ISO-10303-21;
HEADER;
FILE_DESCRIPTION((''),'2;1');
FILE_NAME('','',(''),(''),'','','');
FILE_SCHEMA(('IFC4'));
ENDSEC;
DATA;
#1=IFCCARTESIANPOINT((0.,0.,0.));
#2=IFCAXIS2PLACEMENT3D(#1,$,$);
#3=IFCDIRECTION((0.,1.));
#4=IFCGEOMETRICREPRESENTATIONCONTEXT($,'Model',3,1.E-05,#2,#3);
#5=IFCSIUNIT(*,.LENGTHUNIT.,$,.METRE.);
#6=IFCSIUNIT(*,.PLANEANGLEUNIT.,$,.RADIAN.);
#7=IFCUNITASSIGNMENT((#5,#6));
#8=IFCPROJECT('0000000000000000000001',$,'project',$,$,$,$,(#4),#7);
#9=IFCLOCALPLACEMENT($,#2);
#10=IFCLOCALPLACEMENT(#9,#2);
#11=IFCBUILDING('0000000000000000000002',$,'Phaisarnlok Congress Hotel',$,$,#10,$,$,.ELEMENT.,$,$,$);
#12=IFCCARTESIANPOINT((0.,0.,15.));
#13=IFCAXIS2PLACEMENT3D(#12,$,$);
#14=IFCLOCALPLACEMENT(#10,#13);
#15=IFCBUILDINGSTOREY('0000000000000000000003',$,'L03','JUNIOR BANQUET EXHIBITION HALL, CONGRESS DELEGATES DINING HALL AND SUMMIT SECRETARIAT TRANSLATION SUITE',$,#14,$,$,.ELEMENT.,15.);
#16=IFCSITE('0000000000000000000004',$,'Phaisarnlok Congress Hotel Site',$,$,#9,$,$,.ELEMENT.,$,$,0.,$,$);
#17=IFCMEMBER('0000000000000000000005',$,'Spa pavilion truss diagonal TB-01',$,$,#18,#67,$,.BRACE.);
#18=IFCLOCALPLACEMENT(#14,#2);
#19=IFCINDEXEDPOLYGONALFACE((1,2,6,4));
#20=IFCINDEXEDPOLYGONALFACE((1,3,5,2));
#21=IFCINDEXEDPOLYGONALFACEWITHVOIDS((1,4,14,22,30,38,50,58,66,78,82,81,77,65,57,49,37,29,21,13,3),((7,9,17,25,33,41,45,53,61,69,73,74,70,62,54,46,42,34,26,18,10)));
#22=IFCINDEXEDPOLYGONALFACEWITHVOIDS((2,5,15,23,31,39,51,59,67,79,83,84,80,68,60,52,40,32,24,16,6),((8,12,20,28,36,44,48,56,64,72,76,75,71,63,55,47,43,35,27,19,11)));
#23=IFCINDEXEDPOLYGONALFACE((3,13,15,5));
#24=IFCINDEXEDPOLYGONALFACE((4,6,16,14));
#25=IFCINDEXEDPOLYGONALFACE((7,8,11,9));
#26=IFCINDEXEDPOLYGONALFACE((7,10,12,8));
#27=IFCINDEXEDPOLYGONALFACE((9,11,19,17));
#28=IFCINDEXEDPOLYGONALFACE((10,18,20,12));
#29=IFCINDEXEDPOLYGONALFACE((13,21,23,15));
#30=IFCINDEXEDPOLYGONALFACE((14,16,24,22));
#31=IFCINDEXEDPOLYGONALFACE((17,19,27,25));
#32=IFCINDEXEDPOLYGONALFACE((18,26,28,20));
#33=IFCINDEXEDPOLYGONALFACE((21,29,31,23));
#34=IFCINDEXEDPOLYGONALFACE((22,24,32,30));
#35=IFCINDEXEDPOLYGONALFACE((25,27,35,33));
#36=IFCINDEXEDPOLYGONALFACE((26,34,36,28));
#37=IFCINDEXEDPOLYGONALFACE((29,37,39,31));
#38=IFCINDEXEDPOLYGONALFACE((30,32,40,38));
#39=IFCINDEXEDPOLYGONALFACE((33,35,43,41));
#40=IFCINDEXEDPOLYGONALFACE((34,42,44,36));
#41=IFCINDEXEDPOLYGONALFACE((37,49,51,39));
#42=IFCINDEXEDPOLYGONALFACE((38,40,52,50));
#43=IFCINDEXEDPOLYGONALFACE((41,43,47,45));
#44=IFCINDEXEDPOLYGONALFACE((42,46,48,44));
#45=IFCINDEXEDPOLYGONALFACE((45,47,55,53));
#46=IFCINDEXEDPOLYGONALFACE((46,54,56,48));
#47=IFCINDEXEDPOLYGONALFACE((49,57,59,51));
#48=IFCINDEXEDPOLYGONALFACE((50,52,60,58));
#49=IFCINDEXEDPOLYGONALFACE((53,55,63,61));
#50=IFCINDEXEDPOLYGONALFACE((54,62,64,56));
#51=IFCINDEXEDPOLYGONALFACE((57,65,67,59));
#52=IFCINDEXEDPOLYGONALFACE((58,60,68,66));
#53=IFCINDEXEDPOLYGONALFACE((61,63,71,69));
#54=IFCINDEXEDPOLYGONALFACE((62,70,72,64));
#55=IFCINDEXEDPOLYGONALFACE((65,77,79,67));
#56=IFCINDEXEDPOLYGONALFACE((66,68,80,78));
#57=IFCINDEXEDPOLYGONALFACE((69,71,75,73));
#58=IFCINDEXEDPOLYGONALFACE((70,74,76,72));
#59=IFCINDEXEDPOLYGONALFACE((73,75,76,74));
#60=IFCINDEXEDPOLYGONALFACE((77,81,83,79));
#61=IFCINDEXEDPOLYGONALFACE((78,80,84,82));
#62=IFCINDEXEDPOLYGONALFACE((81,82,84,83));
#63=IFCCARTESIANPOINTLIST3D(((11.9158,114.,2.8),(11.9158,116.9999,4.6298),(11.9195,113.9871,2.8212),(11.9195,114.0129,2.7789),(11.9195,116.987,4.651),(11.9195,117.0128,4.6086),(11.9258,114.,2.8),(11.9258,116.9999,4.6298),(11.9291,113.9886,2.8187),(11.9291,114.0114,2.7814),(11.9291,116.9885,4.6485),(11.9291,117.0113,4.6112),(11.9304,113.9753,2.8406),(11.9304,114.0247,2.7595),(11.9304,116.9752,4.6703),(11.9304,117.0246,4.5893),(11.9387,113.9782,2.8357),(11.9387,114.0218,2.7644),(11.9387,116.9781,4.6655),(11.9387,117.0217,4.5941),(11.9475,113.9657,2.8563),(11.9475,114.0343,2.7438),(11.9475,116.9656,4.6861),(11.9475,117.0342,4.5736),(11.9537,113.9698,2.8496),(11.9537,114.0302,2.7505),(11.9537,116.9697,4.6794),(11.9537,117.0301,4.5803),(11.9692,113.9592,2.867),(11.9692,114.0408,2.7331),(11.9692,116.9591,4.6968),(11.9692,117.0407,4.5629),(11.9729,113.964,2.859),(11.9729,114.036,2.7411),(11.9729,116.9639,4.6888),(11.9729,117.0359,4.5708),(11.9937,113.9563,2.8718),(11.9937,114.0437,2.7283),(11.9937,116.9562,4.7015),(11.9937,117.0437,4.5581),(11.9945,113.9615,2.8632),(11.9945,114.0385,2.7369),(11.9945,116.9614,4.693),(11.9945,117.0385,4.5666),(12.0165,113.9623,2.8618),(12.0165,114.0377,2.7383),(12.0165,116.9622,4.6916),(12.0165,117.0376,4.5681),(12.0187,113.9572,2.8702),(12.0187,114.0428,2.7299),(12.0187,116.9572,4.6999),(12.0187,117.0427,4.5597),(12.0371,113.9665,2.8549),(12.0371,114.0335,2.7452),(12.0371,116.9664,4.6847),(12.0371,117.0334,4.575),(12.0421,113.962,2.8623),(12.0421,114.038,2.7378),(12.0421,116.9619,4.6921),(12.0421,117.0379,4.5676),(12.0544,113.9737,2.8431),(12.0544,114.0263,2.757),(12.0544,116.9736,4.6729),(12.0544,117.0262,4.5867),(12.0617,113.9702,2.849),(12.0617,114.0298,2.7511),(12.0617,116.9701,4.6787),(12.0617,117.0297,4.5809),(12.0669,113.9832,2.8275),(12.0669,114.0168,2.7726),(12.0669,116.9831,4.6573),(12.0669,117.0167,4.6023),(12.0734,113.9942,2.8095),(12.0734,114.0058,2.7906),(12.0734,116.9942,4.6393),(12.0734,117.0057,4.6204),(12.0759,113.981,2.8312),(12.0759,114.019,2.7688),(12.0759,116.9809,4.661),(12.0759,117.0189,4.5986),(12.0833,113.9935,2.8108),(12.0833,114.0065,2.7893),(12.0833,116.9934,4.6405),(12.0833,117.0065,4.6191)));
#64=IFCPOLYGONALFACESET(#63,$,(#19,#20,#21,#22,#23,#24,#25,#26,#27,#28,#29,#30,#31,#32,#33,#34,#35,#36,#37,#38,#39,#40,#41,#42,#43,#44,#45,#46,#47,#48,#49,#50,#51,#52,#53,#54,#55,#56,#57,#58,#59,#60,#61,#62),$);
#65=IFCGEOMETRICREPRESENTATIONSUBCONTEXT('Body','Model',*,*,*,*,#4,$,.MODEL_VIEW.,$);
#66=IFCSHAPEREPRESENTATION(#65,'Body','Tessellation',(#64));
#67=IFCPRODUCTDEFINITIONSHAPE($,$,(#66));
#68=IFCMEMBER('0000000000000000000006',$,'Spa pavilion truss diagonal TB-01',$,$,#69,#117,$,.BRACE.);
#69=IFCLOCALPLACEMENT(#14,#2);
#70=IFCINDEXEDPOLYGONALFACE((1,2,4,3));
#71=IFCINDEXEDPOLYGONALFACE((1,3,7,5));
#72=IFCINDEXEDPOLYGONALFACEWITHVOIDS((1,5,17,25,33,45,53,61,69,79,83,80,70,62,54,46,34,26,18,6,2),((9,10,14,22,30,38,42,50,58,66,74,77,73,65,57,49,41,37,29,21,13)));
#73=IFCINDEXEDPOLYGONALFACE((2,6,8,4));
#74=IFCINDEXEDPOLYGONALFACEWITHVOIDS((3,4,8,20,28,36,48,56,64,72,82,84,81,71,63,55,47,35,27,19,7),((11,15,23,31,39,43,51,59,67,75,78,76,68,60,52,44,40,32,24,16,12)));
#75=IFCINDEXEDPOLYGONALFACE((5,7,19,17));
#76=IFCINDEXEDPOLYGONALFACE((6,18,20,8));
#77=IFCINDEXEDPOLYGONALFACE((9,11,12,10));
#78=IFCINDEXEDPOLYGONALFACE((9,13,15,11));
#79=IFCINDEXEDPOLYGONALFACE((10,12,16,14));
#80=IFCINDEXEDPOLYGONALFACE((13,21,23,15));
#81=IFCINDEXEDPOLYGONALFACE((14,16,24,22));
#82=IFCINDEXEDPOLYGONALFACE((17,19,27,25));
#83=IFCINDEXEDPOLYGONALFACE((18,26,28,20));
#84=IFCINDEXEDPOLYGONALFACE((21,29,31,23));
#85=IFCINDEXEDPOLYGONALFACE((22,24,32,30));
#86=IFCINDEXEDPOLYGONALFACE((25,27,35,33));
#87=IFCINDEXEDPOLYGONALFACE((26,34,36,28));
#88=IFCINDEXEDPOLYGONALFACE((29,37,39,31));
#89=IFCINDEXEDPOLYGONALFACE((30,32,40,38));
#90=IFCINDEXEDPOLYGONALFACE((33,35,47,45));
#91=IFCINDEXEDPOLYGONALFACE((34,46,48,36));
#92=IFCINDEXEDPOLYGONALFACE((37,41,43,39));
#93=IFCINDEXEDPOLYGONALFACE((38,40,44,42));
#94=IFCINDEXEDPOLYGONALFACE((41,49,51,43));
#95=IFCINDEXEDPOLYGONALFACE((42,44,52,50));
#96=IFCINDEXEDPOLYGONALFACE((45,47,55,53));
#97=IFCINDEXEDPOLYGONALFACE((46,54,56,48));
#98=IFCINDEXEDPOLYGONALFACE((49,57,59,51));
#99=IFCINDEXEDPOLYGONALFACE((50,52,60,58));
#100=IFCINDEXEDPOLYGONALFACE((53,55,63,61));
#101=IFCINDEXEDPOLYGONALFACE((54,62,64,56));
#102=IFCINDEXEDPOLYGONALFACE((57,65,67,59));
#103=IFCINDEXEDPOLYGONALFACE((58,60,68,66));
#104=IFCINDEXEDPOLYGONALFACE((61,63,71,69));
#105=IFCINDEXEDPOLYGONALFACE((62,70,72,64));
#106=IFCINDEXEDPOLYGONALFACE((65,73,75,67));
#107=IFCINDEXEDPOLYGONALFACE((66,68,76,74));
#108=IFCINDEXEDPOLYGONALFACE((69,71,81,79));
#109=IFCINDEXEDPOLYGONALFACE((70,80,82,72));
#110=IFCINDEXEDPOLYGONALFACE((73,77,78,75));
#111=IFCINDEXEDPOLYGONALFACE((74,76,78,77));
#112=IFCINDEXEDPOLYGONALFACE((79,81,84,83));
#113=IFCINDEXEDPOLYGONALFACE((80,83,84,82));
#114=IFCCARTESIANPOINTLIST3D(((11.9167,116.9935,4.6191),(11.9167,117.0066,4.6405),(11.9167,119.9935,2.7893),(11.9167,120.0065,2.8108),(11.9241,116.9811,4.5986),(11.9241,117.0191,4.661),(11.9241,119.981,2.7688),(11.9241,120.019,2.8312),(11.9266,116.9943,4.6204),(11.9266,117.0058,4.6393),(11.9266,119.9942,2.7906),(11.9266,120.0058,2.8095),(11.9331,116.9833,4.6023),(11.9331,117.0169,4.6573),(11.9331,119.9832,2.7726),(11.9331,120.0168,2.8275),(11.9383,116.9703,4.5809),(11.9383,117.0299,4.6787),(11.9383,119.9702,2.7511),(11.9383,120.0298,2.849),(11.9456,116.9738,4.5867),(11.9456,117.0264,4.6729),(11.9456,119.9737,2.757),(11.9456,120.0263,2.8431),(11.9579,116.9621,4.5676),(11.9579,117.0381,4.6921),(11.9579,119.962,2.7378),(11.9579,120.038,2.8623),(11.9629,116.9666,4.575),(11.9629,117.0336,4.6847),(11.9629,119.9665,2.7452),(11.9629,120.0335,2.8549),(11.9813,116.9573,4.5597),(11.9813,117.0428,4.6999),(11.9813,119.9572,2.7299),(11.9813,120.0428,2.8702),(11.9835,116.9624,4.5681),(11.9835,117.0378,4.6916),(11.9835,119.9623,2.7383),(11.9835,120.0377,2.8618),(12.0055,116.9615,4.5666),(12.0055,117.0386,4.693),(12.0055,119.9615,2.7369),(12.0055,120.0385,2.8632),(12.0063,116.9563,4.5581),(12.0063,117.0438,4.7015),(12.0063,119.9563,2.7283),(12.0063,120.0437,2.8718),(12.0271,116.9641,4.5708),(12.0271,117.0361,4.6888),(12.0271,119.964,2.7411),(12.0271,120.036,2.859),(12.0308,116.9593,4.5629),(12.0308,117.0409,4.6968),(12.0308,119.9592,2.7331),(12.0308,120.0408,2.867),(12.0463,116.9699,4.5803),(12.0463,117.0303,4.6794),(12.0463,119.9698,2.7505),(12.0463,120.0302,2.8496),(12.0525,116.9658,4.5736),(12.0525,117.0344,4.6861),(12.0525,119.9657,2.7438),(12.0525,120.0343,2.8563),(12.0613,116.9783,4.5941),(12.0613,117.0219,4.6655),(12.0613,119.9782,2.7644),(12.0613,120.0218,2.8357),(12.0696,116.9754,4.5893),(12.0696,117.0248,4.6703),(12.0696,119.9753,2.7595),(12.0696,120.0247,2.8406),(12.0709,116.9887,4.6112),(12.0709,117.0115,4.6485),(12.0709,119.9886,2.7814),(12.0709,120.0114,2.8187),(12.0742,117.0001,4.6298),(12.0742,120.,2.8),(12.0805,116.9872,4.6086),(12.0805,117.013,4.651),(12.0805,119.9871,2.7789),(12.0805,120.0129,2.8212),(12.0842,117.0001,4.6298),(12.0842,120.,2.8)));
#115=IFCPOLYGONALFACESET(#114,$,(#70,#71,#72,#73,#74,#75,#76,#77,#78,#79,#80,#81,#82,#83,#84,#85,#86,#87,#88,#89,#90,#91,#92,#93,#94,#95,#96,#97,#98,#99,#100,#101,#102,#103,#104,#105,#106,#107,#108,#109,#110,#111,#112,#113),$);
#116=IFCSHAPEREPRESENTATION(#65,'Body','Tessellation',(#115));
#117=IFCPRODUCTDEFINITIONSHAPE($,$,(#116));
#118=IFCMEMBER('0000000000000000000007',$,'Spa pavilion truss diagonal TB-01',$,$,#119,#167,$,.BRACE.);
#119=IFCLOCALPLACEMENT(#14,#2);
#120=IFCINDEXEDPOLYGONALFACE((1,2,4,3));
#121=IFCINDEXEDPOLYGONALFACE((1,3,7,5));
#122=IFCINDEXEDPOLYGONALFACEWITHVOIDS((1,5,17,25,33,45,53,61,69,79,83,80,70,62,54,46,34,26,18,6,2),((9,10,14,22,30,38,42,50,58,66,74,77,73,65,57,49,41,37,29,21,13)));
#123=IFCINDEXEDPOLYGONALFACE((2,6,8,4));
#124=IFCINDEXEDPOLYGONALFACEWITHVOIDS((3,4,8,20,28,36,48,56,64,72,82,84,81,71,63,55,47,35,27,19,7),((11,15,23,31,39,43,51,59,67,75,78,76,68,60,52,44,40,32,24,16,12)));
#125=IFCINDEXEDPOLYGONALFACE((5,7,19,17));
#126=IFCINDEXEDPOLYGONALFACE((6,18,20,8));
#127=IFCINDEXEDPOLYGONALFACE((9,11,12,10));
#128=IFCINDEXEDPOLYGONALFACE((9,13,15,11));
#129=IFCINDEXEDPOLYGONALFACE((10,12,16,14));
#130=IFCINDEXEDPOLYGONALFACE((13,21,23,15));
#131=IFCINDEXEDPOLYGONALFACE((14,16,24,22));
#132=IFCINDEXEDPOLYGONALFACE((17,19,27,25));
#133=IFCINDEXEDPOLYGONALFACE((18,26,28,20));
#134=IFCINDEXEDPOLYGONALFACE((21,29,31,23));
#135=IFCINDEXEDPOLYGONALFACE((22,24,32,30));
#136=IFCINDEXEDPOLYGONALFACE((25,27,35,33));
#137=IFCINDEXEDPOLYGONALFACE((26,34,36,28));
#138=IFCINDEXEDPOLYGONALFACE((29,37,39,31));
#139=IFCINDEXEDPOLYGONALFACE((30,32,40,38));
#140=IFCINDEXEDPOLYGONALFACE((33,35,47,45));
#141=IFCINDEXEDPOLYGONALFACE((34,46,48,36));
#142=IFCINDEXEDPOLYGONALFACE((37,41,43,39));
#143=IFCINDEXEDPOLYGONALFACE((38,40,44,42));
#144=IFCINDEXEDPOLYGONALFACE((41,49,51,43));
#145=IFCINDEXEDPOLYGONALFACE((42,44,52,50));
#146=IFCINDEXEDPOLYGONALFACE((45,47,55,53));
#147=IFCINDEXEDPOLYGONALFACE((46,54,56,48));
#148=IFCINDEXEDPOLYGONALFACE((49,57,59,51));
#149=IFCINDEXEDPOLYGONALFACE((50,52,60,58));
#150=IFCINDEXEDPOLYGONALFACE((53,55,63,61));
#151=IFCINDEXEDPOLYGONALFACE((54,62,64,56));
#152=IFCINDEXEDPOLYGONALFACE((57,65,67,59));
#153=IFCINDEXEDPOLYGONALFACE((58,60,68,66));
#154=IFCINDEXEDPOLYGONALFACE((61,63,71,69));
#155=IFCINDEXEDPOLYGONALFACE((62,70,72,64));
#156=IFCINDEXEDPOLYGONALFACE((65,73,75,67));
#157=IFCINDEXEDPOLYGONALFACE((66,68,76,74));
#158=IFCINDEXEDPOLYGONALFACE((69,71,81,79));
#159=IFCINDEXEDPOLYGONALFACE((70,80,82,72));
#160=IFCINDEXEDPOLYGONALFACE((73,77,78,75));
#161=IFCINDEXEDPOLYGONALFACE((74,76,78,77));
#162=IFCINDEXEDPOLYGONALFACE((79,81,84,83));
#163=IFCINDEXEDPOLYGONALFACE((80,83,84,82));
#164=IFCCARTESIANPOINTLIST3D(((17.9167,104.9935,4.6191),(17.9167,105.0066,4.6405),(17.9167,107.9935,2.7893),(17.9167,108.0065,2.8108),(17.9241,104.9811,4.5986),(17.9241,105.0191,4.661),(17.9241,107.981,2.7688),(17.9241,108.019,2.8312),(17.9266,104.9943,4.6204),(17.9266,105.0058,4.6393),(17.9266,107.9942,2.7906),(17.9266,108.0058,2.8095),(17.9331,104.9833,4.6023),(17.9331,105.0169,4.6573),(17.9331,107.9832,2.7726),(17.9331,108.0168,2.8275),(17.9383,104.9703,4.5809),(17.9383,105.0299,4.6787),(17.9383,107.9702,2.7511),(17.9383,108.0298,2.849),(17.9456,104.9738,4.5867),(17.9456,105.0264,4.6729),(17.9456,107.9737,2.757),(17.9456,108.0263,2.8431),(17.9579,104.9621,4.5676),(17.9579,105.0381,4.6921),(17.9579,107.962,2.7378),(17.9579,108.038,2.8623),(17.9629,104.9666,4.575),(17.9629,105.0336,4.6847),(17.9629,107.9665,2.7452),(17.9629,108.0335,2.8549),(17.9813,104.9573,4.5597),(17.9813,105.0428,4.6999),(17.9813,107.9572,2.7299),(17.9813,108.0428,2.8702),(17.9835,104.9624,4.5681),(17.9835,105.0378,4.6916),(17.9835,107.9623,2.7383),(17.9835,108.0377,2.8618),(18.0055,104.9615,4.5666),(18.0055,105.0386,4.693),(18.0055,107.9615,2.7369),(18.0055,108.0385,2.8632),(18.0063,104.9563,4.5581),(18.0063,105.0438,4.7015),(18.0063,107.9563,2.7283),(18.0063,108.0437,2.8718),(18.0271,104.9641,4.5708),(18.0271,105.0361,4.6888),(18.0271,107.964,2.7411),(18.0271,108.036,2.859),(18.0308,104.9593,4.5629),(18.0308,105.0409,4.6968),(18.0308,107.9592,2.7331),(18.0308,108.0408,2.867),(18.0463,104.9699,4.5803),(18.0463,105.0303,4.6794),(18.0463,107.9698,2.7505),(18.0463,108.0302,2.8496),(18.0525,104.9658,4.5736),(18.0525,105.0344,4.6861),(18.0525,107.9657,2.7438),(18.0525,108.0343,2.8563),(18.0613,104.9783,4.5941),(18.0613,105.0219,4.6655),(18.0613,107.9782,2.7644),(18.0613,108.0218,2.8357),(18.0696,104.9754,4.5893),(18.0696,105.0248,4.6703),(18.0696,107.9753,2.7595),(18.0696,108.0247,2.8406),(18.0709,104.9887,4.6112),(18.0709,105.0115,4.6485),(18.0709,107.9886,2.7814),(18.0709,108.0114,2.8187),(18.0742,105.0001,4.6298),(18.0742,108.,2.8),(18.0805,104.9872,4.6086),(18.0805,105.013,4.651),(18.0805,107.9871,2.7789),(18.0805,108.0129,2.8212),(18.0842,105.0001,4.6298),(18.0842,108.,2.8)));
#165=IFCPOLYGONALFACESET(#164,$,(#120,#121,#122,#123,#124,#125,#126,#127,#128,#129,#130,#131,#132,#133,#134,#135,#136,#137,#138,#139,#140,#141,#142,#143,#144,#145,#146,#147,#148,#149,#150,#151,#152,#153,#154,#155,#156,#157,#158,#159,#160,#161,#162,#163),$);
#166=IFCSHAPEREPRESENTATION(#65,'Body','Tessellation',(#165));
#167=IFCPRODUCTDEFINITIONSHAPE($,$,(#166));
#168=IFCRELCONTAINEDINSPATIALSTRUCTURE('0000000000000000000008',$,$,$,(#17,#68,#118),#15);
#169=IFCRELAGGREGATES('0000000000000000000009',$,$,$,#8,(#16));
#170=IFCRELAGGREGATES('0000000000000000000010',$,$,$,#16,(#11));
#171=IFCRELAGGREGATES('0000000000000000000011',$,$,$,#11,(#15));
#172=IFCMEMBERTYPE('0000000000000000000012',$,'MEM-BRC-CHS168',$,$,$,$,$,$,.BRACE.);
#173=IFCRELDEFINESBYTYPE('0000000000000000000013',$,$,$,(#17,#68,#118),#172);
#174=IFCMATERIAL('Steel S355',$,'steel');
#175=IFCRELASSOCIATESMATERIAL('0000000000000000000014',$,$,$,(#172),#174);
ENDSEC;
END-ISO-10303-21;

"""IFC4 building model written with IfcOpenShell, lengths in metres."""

from ifc_helpers import new_model, si_unit, direction, frame, origin, origin_2d, place, context, subcontext, project, spatial, hollow_circle, extrude, material, material_profile, profile_set, type_object, element, save


model = new_model("IFC4")

# Units and contexts
model_context = context("Model", 3, precision=1e-05, world=origin(), true_north=direction((0.0, 1.0)))
body_context = subcontext(model_context, "Body", "Model", "MODEL_VIEW")
ifc_project = project(units=[si_unit("LENGTHUNIT", "METRE"), si_unit("PLANEANGLEUNIT", "RADIAN")], contexts=[model_context])

# Site, building, storey
site_placement = place(None, origin())
site = spatial("IfcSite", under=ifc_project, at=site_placement, Name="Phaisarnlok Congress Hotel Site", CompositionType="ELEMENT", RefElevation=0.0)
building_placement = place(site_placement, origin())
building = spatial("IfcBuilding", under=site, at=building_placement, Name="Phaisarnlok Congress Hotel", CompositionType="ELEMENT")
storey_placement = place(building_placement, frame((0.0, 0.0, 15.0)))
storey = spatial("IfcBuildingStorey", under=building, at=storey_placement, Name="L03", Description="JUNIOR BANQUET EXHIBITION HALL, CONGRESS DELEGATES DINING HALL AND SUMMIT SECRETARIAT TRANSLATION SUITE", CompositionType="ELEMENT", Elevation=15.0)

# Members
ifc_material_1 = material(Name="Steel S355", Category="steel")
ifc_material_profile_1 = material_profile(ifc_material_1, hollow_circle(Radius=0.0842, WallThickness=0.01, at=origin_2d()), Name="CHS 168.3x10")
ifc_profile_set_1 = profile_set([ifc_material_profile_1], Name="Steel S355")
member_type_1 = type_object("IfcMemberType", Name="MEM-BRC-CHS168", PredefinedType="BRACE", material=ifc_profile_set_1)
for number, where, z_axis, x_axis, name in (
    (1, (12.0, 114.0, 2.8), (0.0, 0.853725, 0.520725), (-1.0, 0.0, 0.0), "Spa pavilion truss diagonal TB-01"),
    (2, (12.0, 120.0, 2.8), (0.0, -0.853725, 0.520725), (1.0, 0.0, 0.0), "Spa pavilion truss diagonal TB-01"),
    (3, (18.0, 108.0, 2.8), (0.0, -0.853725, 0.520725), (1.0, 0.0, 0.0), "Spa pavilion truss diagonal TB-01"),
):
    element("IfcMember", number, at=place(storey_placement, frame(where, z_axis=z_axis, x_axis=x_axis)), inside=storey, type_object=member_type_1, Name=name, PredefinedType="BRACE", context=body_context, shape_type="SweptSolid", body=[
        extrude(hollow_circle(Radius=0.0842, WallThickness=0.01, at=origin_2d()), origin(), (0.0, 0.0, 1.0), 3.5139),
    ])

save(model, "model.ifc")
